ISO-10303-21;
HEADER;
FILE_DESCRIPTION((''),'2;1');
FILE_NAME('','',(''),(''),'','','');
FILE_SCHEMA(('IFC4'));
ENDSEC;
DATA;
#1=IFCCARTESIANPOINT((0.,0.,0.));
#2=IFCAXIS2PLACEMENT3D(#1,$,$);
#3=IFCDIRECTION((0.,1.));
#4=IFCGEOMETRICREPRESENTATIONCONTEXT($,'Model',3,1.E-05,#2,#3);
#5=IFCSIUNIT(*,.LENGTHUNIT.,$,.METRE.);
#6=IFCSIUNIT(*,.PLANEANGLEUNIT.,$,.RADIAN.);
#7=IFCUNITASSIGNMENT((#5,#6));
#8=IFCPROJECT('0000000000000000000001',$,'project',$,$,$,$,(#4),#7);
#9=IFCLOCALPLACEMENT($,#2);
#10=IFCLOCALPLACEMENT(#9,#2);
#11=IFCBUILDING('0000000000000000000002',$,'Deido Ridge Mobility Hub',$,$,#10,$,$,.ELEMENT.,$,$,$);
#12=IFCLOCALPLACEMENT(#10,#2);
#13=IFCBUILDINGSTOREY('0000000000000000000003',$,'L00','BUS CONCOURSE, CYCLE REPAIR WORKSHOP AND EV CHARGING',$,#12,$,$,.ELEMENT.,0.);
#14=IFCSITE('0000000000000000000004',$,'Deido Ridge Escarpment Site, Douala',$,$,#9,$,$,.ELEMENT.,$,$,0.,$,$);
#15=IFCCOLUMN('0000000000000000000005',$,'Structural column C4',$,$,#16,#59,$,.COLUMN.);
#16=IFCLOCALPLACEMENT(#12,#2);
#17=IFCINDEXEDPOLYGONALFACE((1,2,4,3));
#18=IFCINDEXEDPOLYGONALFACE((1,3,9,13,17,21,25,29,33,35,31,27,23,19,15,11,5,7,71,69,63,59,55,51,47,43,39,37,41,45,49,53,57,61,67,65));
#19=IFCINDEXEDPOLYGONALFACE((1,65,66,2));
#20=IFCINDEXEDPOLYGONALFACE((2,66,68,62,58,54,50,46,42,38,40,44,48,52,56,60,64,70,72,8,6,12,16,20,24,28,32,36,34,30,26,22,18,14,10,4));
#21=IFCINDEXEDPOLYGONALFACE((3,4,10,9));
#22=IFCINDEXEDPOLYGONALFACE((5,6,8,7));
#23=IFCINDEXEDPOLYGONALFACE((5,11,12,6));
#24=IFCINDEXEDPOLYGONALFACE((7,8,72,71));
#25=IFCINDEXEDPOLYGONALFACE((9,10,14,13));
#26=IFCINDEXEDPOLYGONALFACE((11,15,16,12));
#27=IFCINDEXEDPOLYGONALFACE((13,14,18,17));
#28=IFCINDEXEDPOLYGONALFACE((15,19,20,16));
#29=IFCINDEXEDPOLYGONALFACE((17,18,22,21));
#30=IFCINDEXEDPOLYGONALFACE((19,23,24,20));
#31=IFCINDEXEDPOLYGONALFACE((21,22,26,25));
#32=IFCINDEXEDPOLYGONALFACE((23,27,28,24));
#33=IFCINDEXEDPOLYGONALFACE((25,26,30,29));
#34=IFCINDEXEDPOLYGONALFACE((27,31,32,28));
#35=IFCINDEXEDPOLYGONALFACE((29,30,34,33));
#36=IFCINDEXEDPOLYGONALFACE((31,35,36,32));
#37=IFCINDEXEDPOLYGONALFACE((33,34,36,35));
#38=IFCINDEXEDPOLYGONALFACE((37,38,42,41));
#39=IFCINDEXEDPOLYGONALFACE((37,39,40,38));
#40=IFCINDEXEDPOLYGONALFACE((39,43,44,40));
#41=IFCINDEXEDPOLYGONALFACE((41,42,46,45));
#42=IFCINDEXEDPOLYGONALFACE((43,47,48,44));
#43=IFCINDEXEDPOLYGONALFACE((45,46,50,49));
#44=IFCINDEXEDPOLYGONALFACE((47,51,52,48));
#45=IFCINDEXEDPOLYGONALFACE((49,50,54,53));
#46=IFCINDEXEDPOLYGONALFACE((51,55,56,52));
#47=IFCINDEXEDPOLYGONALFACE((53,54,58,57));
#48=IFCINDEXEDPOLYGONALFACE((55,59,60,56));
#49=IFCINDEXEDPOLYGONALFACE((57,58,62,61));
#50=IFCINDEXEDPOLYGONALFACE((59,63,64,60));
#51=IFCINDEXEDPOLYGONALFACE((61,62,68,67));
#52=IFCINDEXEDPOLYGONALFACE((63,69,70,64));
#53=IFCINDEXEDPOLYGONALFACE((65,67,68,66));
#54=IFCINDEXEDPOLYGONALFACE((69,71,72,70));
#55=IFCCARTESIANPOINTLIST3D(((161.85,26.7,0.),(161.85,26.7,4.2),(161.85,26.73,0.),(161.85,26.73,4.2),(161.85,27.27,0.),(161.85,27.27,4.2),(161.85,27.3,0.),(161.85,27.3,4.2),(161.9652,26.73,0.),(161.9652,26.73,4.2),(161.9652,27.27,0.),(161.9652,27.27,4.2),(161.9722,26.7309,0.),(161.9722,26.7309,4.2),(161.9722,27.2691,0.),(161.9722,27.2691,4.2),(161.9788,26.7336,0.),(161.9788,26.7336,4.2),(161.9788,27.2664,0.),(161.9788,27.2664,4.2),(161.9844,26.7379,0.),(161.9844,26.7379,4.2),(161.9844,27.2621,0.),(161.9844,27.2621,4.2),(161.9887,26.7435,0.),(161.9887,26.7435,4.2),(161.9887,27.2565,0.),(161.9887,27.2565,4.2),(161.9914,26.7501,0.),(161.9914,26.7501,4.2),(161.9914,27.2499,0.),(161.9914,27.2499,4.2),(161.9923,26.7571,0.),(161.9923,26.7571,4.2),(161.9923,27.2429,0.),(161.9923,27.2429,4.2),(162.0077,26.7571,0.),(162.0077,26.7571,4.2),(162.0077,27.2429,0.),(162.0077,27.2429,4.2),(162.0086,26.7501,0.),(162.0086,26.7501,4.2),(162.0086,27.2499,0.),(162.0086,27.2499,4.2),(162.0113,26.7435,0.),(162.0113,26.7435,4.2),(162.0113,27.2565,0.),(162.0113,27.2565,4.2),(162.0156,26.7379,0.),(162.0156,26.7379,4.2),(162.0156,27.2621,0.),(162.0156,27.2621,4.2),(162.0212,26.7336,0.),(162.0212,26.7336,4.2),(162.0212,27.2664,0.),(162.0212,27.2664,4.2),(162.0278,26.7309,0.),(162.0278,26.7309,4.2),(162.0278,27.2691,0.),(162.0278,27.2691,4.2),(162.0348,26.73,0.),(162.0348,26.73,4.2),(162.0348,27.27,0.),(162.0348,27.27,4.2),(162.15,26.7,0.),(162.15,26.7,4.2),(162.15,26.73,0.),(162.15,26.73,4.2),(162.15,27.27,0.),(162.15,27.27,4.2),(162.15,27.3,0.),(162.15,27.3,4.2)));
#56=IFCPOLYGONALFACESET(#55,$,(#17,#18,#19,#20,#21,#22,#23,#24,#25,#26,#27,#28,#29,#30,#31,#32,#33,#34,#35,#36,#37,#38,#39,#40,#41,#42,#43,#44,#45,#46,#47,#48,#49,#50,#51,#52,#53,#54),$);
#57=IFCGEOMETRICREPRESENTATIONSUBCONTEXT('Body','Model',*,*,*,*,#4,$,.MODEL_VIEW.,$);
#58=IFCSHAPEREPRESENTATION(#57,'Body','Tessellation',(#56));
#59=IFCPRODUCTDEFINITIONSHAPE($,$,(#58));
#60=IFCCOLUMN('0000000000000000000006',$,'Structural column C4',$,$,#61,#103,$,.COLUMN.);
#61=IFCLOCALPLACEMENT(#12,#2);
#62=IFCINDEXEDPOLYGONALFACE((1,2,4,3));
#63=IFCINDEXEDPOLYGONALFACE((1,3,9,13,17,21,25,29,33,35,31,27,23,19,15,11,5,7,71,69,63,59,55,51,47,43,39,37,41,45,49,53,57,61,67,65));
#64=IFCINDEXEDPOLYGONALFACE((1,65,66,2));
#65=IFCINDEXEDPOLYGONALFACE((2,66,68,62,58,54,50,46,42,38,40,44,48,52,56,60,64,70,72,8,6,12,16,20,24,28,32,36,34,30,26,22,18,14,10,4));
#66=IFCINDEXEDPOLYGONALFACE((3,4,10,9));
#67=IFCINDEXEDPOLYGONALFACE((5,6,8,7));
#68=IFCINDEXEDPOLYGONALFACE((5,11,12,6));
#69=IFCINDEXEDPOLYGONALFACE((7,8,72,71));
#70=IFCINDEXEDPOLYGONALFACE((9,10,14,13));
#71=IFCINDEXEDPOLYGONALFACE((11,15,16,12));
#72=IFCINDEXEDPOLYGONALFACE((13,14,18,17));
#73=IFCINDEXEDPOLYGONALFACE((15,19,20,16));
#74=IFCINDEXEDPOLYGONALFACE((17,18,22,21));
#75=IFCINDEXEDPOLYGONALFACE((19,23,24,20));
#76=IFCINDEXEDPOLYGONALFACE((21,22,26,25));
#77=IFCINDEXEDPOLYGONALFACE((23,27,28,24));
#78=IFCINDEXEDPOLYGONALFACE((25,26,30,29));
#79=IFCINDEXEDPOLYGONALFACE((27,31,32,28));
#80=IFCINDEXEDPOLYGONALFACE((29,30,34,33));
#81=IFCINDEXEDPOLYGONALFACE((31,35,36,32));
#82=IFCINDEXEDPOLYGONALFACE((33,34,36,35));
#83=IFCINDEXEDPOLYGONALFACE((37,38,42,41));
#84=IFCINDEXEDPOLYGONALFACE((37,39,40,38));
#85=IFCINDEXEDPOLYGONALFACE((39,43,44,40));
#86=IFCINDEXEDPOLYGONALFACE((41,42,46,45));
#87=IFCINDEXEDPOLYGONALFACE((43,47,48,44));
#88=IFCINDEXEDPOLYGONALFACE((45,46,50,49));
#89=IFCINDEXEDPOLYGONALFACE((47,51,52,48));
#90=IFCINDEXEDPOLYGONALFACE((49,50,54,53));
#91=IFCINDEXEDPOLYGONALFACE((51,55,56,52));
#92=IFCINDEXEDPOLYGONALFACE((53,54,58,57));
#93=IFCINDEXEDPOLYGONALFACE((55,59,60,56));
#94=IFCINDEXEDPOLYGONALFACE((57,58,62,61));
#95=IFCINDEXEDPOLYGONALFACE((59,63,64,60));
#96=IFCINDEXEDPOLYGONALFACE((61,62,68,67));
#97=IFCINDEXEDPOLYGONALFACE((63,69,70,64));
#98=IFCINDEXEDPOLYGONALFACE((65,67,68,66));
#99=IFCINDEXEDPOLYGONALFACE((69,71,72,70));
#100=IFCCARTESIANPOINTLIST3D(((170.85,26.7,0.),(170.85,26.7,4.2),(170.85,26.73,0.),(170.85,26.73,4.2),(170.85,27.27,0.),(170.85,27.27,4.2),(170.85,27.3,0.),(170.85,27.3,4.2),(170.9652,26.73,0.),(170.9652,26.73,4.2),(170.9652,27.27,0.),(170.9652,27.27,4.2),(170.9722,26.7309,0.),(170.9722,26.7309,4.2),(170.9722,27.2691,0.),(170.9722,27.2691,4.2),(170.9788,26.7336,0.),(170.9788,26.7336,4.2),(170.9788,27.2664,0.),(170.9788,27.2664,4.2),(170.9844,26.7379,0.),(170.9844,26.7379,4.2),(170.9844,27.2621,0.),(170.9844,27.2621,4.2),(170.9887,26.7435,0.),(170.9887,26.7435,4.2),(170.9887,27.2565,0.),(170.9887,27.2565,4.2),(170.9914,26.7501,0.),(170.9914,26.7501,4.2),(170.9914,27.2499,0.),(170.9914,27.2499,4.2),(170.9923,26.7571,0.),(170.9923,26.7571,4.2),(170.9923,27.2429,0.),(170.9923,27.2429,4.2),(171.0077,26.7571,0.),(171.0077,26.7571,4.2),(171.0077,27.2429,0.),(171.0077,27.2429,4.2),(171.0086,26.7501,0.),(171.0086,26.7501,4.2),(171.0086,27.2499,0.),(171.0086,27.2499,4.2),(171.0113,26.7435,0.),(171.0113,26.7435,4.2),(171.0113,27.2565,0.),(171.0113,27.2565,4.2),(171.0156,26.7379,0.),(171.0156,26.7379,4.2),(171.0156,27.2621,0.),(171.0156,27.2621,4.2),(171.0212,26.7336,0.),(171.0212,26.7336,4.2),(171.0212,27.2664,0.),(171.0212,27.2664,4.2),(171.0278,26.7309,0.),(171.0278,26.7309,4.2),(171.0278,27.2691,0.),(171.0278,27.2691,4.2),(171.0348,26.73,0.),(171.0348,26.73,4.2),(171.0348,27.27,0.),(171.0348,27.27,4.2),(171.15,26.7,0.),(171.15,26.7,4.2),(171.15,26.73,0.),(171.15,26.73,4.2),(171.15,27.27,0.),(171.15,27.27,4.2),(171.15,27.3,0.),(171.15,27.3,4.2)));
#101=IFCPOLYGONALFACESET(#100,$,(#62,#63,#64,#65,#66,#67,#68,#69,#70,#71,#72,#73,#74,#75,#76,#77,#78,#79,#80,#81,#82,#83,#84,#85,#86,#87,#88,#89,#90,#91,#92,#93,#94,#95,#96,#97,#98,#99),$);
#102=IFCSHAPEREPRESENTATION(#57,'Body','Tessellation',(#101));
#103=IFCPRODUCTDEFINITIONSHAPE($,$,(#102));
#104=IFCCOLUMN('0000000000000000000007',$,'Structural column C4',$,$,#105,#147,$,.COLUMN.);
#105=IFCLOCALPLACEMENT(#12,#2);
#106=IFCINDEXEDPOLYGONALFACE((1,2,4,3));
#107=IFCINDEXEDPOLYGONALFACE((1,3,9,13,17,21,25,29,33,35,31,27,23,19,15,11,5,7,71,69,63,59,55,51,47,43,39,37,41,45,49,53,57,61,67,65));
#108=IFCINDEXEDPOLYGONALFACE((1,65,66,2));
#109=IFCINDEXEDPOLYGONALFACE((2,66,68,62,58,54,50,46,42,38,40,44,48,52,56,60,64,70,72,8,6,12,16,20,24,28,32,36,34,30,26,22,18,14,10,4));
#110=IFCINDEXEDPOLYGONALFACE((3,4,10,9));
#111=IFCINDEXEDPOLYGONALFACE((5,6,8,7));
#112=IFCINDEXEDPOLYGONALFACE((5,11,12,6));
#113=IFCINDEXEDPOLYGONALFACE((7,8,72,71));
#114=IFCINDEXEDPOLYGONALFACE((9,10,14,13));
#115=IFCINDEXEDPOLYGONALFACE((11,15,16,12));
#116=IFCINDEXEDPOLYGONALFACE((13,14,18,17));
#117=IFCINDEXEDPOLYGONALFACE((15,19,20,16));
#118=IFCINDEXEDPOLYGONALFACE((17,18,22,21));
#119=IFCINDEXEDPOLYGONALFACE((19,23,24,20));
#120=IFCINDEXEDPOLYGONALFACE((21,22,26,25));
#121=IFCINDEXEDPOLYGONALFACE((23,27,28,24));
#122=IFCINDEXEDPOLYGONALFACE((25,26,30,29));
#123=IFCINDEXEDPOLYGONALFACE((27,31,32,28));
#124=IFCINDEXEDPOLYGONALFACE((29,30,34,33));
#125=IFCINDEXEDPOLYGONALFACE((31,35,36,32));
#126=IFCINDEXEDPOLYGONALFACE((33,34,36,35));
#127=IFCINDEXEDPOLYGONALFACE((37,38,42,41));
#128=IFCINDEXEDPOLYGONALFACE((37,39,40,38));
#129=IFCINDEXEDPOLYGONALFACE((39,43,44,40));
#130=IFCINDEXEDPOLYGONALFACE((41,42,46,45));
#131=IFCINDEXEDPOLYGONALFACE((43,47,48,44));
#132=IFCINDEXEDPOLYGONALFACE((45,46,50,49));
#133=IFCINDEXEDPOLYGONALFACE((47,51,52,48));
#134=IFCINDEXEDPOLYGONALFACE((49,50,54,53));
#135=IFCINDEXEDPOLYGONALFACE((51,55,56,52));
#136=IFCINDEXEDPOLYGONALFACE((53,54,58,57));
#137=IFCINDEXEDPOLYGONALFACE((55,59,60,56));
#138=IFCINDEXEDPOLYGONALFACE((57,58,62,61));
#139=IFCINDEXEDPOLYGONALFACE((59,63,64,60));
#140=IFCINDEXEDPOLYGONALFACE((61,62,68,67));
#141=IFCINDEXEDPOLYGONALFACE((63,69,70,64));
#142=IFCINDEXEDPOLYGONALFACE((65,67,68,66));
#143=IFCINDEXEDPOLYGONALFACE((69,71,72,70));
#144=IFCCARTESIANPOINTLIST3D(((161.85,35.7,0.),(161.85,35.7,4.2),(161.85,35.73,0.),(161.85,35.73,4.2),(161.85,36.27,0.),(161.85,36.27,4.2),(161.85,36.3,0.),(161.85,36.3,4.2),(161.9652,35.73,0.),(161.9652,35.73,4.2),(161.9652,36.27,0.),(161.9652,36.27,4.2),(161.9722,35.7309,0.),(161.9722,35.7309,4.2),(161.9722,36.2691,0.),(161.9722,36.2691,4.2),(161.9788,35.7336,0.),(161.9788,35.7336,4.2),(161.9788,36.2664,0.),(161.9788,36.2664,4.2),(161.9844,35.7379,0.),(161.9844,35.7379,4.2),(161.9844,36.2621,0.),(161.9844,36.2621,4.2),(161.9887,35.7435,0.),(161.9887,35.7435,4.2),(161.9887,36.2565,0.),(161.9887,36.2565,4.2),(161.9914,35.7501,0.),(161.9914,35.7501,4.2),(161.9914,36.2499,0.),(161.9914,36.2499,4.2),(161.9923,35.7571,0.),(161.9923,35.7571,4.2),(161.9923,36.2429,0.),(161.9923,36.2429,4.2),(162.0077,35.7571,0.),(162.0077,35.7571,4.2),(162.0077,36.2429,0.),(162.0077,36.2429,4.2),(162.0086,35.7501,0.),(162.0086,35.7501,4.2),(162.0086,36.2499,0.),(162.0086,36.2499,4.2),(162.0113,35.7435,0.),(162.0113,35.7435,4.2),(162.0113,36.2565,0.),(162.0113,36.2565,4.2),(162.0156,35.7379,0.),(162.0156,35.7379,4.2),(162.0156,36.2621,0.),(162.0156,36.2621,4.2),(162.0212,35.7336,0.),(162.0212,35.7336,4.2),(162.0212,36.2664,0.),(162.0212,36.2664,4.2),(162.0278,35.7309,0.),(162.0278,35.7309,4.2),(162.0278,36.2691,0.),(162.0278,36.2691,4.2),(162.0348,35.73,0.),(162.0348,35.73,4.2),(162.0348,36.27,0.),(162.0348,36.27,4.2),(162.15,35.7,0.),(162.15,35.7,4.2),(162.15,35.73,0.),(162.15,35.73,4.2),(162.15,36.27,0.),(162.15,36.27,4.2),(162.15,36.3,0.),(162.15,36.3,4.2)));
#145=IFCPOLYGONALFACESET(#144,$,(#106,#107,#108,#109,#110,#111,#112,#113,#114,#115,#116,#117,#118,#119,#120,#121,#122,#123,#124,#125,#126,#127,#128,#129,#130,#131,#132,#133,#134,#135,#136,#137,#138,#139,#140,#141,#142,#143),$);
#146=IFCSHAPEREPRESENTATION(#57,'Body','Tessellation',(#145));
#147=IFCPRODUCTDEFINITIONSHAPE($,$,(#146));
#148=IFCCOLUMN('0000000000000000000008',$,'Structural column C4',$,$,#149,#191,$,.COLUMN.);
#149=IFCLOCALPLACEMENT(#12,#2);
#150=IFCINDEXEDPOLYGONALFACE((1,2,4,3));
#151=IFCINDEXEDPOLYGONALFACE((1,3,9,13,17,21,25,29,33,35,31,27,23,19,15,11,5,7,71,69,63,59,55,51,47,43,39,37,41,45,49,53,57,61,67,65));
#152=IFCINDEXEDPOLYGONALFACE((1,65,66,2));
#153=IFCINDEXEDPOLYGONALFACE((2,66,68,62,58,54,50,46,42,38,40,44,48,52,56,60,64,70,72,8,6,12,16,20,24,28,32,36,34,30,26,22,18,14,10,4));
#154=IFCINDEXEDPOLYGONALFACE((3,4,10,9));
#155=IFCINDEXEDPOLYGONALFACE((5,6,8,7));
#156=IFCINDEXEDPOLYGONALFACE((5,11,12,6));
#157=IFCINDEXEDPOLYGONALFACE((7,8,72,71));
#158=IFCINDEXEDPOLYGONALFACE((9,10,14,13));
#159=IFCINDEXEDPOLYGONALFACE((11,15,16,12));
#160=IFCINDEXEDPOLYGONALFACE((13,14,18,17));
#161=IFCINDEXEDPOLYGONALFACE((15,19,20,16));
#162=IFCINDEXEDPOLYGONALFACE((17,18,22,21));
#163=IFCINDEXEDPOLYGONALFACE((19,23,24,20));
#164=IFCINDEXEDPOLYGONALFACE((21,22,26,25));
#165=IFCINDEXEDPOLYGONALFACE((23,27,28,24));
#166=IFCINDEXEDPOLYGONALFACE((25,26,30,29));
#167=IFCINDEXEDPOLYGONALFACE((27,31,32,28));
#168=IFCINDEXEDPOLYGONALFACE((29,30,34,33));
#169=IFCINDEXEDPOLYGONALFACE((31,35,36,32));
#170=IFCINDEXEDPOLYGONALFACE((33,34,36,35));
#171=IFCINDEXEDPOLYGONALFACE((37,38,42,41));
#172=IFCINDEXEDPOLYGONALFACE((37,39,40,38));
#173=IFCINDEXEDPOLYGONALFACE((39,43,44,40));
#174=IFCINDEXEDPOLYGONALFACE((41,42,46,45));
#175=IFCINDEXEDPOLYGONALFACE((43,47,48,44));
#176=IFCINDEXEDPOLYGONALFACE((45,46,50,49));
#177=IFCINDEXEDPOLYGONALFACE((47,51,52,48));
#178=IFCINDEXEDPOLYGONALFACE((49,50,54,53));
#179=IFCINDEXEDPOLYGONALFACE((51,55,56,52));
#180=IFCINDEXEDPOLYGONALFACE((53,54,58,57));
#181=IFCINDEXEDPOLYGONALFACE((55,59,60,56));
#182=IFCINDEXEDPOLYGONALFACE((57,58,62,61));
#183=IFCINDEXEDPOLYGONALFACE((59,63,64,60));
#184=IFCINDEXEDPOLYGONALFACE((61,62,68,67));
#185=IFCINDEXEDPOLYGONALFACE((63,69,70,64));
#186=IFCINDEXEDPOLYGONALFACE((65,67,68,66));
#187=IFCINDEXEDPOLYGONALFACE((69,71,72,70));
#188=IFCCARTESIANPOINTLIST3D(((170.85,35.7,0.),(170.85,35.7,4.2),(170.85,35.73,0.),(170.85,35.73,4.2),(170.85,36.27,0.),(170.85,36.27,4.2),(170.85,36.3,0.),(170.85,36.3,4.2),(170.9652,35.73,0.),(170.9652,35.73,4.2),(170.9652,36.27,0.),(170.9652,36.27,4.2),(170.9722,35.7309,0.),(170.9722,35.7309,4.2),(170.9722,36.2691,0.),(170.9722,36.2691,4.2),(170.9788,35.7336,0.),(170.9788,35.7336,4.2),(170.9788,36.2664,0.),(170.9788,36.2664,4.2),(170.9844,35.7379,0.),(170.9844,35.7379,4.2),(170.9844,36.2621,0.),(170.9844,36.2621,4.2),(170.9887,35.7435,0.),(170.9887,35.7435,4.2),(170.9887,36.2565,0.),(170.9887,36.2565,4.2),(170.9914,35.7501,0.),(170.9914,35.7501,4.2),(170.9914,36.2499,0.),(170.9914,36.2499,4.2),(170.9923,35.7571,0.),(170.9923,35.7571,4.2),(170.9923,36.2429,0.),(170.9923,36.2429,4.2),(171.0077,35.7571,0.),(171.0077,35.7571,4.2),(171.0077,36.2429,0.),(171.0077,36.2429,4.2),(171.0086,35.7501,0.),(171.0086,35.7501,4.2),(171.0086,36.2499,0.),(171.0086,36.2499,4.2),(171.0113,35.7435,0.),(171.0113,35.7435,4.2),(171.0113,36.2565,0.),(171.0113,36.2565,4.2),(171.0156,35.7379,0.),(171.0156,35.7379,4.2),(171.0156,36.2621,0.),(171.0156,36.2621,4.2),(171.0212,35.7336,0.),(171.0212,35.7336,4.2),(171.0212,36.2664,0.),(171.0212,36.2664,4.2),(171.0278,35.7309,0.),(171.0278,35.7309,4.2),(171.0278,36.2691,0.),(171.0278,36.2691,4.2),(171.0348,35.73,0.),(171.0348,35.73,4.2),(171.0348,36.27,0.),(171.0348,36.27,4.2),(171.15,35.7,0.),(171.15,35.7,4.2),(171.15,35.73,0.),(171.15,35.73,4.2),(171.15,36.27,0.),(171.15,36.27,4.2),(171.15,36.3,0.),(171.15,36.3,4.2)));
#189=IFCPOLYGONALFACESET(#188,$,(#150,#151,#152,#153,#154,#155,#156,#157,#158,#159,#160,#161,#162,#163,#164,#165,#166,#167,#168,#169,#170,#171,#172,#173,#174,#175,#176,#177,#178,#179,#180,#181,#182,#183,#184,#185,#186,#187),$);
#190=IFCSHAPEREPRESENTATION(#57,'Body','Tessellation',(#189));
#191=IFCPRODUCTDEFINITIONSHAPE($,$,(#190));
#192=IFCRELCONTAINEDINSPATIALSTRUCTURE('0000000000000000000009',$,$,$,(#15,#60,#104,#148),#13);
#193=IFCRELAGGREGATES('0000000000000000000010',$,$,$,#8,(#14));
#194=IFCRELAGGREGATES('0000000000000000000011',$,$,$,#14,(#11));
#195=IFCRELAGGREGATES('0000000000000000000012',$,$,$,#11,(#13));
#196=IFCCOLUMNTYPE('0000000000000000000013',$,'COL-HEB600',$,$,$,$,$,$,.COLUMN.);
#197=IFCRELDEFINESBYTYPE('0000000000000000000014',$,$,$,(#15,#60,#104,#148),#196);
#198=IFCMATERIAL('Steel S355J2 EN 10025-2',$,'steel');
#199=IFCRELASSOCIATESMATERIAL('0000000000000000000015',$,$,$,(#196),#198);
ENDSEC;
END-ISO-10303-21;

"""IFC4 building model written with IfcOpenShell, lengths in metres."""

from ifc_helpers import new_model, si_unit, direction, frame, origin, origin_2d, place, context, subcontext, project, spatial, i_section, extrude, material, material_profile, profile_set, type_object, element, save


model = new_model("IFC4")

# Units and contexts
model_context = context("Model", 3, precision=1e-05, world=origin(), true_north=direction((0.0, 1.0)))
body_context = subcontext(model_context, "Body", "Model", "MODEL_VIEW")
ifc_project = project(units=[si_unit("LENGTHUNIT", "METRE"), si_unit("PLANEANGLEUNIT", "RADIAN")], contexts=[model_context])

# Site, building, storey
site_placement = place(None, origin())
site = spatial("IfcSite", under=ifc_project, at=site_placement, Name="Deido Ridge Escarpment Site, Douala", CompositionType="ELEMENT", RefElevation=0.0)
building_placement = place(site_placement, origin())
building = spatial("IfcBuilding", under=site, at=building_placement, Name="Deido Ridge Mobility Hub", CompositionType="ELEMENT")
storey_placement = place(building_placement, origin())
storey = spatial("IfcBuildingStorey", under=building, at=storey_placement, Name="L00", Description="BUS CONCOURSE, CYCLE REPAIR WORKSHOP AND EV CHARGING", CompositionType="ELEMENT", Elevation=0.0)

# Columns
ifc_material_1 = material(Name="Steel S355J2 EN 10025-2", Category="steel")
ifc_material_profile_1 = material_profile(ifc_material_1, i_section(OverallWidth=0.3, OverallDepth=0.6001, WebThickness=0.0154, FlangeThickness=0.03, FilletRadius=0.0271, at=origin_2d()), Name="HEB 600")
ifc_profile_set_1 = profile_set([ifc_material_profile_1], Name="Steel S355J2 EN 10025-2")
column_type = type_object("IfcColumnType", Name="COL-HEB600", PredefinedType="COLUMN", material=ifc_profile_set_1)
for number, where, z_axis, x_axis, name in (
    (1, (162.0, 27.0, 0.0), (0.0, 0.0, 1.0), (1.0, 0.0, 0.0), "Structural column C4"),
    (2, (171.0, 27.0, 0.0), (0.0, 0.0, 1.0), (1.0, 0.0, 0.0), "Structural column C4"),
    (3, (162.0, 36.0, 0.0), (0.0, 0.0, 1.0), (1.0, 0.0, 0.0), "Structural column C4"),
    (4, (171.0, 36.0, 0.0), (0.0, 0.0, 1.0), (1.0, 0.0, 0.0), "Structural column C4"),
):
    element("IfcColumn", number, at=place(storey_placement, frame(where, z_axis=z_axis, x_axis=x_axis)), inside=storey, type_object=column_type, Name=name, PredefinedType="COLUMN", context=body_context, shape_type="SweptSolid", body=[
        extrude(i_section(OverallWidth=0.3, OverallDepth=0.6001, WebThickness=0.0154, FlangeThickness=0.03, FilletRadius=0.0271, at=origin_2d()), origin(), (0.0, 0.0, 1.0), 4.2),
    ])

save(model, "model.ifc")
